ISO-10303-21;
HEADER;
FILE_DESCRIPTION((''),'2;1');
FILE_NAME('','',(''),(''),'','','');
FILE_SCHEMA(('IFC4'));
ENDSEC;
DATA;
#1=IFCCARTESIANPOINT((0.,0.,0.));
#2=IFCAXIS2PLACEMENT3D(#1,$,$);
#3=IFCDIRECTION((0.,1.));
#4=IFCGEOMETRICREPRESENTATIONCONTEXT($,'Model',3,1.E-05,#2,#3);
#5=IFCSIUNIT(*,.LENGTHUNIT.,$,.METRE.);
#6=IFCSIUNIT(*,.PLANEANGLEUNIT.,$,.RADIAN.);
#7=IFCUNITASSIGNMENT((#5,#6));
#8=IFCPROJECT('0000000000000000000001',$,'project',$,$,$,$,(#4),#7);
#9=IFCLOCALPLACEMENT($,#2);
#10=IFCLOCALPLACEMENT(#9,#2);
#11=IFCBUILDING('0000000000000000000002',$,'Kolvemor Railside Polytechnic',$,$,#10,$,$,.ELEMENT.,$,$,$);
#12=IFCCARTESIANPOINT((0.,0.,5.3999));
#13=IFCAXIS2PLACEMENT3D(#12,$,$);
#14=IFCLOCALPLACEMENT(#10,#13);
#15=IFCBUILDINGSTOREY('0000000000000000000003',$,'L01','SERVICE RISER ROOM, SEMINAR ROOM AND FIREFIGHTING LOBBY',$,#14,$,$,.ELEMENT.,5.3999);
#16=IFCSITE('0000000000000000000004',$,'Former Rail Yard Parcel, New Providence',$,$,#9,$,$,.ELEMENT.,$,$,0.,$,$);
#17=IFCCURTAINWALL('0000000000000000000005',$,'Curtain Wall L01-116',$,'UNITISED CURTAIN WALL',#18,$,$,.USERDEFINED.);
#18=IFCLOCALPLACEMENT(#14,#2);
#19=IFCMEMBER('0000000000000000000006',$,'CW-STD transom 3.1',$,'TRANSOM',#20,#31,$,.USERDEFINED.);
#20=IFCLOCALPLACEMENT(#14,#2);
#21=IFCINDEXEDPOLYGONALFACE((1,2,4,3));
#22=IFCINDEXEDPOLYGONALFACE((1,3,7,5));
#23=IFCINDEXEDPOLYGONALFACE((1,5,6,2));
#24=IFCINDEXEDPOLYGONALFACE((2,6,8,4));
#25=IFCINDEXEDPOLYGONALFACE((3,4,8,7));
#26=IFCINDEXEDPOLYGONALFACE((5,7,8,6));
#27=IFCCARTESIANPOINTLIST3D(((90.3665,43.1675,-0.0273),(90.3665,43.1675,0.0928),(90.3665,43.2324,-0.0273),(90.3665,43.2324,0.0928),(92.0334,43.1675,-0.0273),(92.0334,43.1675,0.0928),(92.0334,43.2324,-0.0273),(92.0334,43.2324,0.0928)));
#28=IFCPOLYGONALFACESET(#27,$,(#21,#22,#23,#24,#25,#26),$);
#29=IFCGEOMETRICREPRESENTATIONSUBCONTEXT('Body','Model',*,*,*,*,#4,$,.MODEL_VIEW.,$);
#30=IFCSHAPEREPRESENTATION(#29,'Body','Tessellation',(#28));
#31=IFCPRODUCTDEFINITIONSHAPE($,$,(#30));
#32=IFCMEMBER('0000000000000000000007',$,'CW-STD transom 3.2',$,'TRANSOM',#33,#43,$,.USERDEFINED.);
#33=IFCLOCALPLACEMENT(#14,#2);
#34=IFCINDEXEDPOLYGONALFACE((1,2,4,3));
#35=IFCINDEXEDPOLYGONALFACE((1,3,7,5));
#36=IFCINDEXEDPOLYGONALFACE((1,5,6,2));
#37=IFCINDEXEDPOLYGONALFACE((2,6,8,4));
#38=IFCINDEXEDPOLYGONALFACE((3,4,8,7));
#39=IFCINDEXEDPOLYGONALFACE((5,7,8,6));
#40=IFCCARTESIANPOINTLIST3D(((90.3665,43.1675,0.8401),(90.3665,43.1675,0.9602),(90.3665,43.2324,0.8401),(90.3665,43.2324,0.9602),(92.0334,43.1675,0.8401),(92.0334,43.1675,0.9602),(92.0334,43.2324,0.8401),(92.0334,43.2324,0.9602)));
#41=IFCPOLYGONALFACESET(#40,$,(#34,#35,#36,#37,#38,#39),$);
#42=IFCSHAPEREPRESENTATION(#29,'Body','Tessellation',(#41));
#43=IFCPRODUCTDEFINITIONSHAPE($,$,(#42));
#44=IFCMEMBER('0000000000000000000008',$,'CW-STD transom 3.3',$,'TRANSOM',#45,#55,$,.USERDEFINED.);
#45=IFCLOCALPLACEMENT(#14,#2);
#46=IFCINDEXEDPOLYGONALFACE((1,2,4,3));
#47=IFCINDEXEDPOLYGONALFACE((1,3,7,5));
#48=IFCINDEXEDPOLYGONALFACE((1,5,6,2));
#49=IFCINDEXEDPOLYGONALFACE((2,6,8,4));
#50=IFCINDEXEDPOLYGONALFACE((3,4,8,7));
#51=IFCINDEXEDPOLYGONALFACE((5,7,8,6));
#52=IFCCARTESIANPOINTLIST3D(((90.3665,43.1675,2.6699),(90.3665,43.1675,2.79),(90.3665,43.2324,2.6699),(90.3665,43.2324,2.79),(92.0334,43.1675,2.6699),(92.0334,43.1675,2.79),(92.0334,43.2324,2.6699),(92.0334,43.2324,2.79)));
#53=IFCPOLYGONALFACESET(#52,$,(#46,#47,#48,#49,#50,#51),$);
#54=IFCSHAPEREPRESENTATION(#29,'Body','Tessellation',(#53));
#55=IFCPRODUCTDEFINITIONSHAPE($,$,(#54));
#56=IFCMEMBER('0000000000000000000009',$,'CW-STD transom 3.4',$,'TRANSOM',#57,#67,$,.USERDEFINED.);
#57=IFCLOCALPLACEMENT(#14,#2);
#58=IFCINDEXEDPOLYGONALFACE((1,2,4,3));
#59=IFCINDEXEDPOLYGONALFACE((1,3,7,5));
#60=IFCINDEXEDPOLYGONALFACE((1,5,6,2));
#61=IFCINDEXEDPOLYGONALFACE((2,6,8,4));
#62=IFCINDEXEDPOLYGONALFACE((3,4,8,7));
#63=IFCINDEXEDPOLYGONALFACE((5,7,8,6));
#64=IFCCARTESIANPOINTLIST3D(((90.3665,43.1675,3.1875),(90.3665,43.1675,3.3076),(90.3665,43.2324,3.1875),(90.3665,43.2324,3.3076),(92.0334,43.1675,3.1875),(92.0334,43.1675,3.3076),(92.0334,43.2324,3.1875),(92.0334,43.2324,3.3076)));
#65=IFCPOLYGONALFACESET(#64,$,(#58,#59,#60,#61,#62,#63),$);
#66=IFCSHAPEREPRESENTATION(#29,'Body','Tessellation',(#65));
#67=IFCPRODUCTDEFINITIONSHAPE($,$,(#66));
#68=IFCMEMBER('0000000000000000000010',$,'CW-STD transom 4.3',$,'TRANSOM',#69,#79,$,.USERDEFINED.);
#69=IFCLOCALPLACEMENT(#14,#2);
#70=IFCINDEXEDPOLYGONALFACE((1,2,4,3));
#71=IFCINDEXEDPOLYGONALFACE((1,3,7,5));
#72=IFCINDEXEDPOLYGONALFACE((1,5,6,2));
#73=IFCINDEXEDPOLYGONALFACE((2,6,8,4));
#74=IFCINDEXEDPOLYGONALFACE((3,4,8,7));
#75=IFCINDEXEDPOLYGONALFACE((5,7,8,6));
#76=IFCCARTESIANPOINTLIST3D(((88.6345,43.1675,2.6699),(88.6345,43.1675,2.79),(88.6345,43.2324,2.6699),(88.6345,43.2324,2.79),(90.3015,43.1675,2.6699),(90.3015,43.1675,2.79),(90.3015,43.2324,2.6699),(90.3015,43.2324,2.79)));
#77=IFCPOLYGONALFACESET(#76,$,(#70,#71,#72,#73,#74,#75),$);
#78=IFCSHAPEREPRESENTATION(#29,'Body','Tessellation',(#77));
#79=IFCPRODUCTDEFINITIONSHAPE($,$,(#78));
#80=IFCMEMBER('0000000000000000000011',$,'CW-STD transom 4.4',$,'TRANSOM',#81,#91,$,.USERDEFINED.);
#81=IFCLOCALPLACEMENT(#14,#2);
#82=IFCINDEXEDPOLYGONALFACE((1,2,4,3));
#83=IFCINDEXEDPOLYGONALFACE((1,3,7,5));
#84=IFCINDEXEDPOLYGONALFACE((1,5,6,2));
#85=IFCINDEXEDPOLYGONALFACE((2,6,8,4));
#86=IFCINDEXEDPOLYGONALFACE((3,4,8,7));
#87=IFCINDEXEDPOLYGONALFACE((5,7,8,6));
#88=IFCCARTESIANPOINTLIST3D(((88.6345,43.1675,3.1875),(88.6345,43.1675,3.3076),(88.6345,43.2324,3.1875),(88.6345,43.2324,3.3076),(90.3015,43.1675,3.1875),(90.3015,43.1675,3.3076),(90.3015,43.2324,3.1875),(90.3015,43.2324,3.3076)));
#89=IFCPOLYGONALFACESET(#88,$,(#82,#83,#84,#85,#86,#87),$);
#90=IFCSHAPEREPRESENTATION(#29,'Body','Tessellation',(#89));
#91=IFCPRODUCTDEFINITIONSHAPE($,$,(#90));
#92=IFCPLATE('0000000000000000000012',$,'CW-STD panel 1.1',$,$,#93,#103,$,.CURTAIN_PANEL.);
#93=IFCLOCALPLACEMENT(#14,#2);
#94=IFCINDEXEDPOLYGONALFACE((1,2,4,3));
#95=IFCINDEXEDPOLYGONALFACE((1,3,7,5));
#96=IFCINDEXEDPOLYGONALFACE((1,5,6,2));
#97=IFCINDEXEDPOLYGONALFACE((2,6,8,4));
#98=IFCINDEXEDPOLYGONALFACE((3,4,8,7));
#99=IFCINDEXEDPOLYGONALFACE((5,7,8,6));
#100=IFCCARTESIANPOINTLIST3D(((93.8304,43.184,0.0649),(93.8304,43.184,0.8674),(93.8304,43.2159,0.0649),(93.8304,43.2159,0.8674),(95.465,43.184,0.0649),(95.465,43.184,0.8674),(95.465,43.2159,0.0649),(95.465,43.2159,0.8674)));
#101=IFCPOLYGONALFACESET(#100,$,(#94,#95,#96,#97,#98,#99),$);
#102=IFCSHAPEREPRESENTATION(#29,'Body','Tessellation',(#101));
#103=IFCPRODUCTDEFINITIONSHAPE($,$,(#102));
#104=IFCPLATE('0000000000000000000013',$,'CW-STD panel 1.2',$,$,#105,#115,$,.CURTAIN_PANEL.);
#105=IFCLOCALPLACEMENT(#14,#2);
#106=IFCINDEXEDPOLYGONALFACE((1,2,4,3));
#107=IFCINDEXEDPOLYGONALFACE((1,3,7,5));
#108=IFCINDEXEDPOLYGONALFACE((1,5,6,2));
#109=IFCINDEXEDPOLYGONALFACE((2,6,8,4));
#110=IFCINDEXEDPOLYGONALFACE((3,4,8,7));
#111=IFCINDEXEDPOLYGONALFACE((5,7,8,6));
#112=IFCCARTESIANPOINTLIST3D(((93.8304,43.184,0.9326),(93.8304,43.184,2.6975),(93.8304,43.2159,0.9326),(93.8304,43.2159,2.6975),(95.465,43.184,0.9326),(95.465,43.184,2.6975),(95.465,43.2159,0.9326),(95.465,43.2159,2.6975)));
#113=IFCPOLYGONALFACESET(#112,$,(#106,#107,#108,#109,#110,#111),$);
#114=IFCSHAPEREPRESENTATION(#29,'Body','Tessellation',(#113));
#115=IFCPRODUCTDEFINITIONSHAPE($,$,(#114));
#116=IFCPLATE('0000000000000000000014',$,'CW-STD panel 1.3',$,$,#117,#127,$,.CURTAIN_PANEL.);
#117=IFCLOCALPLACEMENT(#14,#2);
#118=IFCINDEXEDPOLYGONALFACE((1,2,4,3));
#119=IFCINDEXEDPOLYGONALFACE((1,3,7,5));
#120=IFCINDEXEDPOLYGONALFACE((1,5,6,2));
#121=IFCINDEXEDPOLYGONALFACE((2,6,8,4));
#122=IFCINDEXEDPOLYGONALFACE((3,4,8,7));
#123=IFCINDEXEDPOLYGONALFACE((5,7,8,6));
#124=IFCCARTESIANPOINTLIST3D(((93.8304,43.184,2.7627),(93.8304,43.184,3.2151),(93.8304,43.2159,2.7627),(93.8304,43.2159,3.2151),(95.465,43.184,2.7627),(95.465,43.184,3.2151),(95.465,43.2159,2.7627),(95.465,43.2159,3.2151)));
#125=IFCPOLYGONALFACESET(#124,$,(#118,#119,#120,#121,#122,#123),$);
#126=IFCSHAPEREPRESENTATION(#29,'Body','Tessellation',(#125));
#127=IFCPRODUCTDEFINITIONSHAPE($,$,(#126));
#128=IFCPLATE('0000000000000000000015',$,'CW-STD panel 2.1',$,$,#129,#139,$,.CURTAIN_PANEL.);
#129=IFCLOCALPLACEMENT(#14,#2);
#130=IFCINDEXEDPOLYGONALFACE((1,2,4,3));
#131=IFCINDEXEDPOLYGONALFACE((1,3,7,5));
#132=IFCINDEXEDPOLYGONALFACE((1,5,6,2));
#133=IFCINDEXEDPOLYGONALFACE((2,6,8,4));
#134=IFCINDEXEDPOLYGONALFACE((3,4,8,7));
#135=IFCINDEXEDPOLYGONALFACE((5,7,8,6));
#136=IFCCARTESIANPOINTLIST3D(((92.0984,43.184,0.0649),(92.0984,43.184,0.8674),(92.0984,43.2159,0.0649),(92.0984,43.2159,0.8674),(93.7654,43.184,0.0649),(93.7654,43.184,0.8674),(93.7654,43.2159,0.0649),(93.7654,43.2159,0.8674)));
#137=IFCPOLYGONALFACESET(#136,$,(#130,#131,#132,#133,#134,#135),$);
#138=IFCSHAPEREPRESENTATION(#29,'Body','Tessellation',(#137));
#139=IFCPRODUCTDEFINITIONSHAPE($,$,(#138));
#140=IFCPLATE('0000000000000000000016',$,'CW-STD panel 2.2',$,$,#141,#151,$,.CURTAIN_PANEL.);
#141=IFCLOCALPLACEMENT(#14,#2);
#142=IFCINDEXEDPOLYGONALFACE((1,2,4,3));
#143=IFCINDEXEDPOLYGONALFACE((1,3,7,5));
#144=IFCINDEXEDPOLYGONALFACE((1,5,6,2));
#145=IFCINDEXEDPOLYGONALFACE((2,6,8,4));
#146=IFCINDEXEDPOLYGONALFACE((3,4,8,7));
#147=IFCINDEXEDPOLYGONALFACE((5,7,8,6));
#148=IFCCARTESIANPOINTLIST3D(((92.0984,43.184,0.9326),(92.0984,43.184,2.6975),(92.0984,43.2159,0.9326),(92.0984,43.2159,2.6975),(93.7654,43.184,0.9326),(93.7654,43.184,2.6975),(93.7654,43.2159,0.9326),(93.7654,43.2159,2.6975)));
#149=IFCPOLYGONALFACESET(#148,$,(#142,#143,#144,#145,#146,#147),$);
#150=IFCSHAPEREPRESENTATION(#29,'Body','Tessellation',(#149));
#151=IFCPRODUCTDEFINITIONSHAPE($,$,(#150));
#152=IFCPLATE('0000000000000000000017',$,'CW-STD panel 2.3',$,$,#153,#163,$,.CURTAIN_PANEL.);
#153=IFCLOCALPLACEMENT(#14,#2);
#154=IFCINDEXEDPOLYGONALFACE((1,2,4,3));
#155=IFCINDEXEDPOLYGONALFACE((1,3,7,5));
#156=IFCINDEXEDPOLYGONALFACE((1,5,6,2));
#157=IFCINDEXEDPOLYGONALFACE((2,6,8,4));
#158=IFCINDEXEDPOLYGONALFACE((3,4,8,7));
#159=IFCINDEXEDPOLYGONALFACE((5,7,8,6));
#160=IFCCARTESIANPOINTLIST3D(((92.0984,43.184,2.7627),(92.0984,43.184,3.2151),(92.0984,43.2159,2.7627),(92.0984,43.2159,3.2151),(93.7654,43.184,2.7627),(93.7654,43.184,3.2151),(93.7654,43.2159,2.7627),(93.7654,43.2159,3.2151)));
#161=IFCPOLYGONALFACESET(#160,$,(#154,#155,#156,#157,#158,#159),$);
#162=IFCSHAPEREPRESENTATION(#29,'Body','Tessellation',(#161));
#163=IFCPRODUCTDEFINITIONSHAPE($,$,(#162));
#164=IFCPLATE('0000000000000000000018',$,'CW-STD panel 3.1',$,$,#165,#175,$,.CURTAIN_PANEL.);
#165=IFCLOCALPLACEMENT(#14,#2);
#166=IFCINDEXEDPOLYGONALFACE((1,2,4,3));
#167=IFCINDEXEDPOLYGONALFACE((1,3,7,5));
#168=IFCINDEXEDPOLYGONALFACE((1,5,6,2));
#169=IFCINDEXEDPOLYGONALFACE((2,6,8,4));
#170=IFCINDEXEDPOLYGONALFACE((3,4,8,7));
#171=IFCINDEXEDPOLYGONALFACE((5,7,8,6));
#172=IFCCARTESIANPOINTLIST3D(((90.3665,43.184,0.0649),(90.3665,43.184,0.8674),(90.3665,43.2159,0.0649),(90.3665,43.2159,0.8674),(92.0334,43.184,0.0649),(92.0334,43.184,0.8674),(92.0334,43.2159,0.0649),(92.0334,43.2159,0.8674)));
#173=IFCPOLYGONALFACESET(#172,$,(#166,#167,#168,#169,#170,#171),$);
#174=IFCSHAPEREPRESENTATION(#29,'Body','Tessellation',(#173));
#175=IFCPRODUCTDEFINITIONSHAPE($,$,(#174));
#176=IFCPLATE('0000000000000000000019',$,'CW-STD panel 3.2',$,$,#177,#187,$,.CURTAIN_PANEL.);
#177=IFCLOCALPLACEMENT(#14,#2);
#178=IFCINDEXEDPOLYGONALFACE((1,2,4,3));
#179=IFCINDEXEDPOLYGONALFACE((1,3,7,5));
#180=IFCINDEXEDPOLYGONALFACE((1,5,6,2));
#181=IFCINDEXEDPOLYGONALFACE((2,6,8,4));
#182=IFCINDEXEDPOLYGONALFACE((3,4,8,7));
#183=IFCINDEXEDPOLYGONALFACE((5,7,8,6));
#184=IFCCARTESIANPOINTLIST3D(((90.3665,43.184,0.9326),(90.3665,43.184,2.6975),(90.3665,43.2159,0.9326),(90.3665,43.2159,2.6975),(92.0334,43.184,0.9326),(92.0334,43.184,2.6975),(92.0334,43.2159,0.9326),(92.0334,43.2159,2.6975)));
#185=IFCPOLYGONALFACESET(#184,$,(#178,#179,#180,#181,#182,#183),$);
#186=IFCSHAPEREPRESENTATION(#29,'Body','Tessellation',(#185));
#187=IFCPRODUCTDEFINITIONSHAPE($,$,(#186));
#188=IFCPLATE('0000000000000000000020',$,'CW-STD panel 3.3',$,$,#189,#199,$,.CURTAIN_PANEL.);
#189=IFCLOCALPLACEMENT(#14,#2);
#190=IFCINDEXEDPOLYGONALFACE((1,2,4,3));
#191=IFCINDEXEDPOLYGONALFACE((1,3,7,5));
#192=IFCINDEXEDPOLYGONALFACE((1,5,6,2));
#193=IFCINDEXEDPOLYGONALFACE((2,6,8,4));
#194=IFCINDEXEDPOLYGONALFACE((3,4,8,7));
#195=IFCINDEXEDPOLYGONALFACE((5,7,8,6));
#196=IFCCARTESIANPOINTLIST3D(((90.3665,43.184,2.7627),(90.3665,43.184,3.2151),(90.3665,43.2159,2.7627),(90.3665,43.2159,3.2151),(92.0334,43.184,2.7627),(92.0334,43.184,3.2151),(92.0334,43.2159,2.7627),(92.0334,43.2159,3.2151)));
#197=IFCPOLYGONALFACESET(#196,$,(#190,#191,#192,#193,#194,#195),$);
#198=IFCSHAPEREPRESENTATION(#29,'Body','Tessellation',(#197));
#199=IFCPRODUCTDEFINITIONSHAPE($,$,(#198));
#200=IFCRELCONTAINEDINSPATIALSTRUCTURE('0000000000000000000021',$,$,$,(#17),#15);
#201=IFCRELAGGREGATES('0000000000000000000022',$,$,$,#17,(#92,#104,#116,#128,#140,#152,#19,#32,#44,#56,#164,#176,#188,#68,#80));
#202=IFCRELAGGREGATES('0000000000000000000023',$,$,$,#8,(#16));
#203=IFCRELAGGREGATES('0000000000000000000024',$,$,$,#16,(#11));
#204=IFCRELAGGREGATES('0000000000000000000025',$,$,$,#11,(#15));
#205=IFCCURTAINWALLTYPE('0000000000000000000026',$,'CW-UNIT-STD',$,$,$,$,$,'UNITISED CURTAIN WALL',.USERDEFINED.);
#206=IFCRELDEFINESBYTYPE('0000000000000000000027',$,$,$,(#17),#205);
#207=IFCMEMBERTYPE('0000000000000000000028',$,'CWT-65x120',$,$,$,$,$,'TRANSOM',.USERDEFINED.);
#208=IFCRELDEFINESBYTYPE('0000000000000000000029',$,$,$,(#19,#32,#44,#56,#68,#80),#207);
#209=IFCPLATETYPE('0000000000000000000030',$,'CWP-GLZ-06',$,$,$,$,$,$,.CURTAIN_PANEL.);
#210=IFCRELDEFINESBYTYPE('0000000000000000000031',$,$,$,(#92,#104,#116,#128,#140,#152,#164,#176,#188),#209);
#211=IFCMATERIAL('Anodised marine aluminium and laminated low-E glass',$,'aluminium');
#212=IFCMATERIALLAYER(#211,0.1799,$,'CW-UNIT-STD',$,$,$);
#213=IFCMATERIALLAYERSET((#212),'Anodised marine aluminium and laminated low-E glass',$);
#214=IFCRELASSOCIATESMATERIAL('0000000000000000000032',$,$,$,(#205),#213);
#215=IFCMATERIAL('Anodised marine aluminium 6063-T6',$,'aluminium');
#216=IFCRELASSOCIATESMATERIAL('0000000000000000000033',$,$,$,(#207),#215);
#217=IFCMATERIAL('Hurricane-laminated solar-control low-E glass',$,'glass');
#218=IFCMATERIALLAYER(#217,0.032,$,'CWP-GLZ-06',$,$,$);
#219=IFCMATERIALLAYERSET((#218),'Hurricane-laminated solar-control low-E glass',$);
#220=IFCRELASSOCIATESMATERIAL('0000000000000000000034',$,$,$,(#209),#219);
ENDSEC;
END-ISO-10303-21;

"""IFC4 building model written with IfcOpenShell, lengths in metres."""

from ifc_helpers import new_model, si_unit, direction, frame, origin, origin_2d, place, context, subcontext, project, spatial, rectangle, extrude, material, layer, layer_set, material_profile, profile_set, type_object, element, aggregate, save


model = new_model("IFC4")

# Units and contexts
model_context = context("Model", 3, precision=1e-05, world=origin(), true_north=direction((0.0, 1.0)))
body_context = subcontext(model_context, "Body", "Model", "MODEL_VIEW")
ifc_project = project(units=[si_unit("LENGTHUNIT", "METRE"), si_unit("PLANEANGLEUNIT", "RADIAN")], contexts=[model_context])

# Site, building, storey
site_placement = place(None, origin())
site = spatial("IfcSite", under=ifc_project, at=site_placement, Name="Former Rail Yard Parcel, New Providence", CompositionType="ELEMENT", RefElevation=0.0)
building_placement = place(site_placement, origin())
building = spatial("IfcBuilding", under=site, at=building_placement, Name="Kolvemor Railside Polytechnic", CompositionType="ELEMENT")
storey_placement = place(building_placement, frame((0.0, 0.0, 5.3999)))
storey = spatial("IfcBuildingStorey", under=building, at=storey_placement, Name="L01", Description="SERVICE RISER ROOM, SEMINAR ROOM AND FIREFIGHTING LOBBY", CompositionType="ELEMENT", Elevation=5.3999)

# Curtain wall, members, plates
ifc_material_1 = material(Name="Anodised marine aluminium and laminated low-E glass", Category="aluminium")
ifc_layer_1 = layer(ifc_material_1, 0.1799, Name="CW-UNIT-STD")
ifc_layer_set_1 = layer_set([ifc_layer_1], Name="Anodised marine aluminium and laminated low-E glass")
curtain_wall_type = type_object("IfcCurtainWallType", Name="CW-UNIT-STD", ElementType="UNITISED CURTAIN WALL", PredefinedType="USERDEFINED", material=ifc_layer_set_1)
curtain_wall_placement = place(storey_placement, origin())
curtain_wall = element("IfcCurtainWall", 1, at=curtain_wall_placement, inside=storey, type_object=curtain_wall_type, Name="Curtain Wall L01-116", ObjectType="UNITISED CURTAIN WALL", PredefinedType="USERDEFINED")
ifc_material_2 = material(Name="Anodised marine aluminium 6063-T6", Category="aluminium")
ifc_material_profile_1 = material_profile(ifc_material_2, rectangle(XDim=0.0649, YDim=0.1201, at=origin_2d()), Name="CW-TRN-65x120")
ifc_profile_set_1 = profile_set([ifc_material_profile_1], Name="Anodised marine aluminium 6063-T6")
member_type_1 = type_object("IfcMemberType", Name="CWT-65x120", ElementType="TRANSOM", PredefinedType="USERDEFINED", material=ifc_profile_set_1)
member_1_placement = place(storey_placement, frame((92.0334, 43.2, 0.0327), z_axis=(-1.0, 0.0, 0.0), x_axis=(0.0, -1.0, 0.0)))
member_1 = element("IfcMember", 2, at=member_1_placement, type_object=member_type_1, Name="CW-STD transom 3.1", ObjectType="TRANSOM", PredefinedType="USERDEFINED", context=body_context, shape_type="SweptSolid", body=[
    extrude(rectangle(XDim=0.0649, YDim=0.1201, at=origin_2d()), origin(), (0.0, 0.0, 1.0), 1.667),
])
member_2_placement = place(storey_placement, frame((92.0334, 43.2, 0.9001), z_axis=(-1.0, 0.0, 0.0), x_axis=(0.0, -1.0, 0.0)))
member_2 = element("IfcMember", 3, at=member_2_placement, type_object=member_type_1, Name="CW-STD transom 3.2", ObjectType="TRANSOM", PredefinedType="USERDEFINED", context=body_context, shape_type="SweptSolid", body=[
    extrude(rectangle(XDim=0.0649, YDim=0.1201, at=origin_2d()), origin(), (0.0, 0.0, 1.0), 1.667),
])
member_3_placement = place(storey_placement, frame((92.0334, 43.2, 2.73), z_axis=(-1.0, 0.0, 0.0), x_axis=(0.0, -1.0, 0.0)))
member_3 = element("IfcMember", 4, at=member_3_placement, type_object=member_type_1, Name="CW-STD transom 3.3", ObjectType="TRANSOM", PredefinedType="USERDEFINED", context=body_context, shape_type="SweptSolid", body=[
    extrude(rectangle(XDim=0.0649, YDim=0.1201, at=origin_2d()), origin(), (0.0, 0.0, 1.0), 1.667),
])
member_4_placement = place(storey_placement, frame((92.0334, 43.2, 3.2476), z_axis=(-1.0, 0.0, 0.0), x_axis=(0.0, -1.0, 0.0)))
member_4 = element("IfcMember", 5, at=member_4_placement, type_object=member_type_1, Name="CW-STD transom 3.4", ObjectType="TRANSOM", PredefinedType="USERDEFINED", context=body_context, shape_type="SweptSolid", body=[
    extrude(rectangle(XDim=0.0649, YDim=0.1201, at=origin_2d()), origin(), (0.0, 0.0, 1.0), 1.667),
])
member_5_placement = place(storey_placement, frame((90.3015, 43.2, 2.73), z_axis=(-1.0, 0.0, 0.0), x_axis=(0.0, -1.0, 0.0)))
member_5 = element("IfcMember", 6, at=member_5_placement, type_object=member_type_1, Name="CW-STD transom 4.3", ObjectType="TRANSOM", PredefinedType="USERDEFINED", context=body_context, shape_type="SweptSolid", body=[
    extrude(rectangle(XDim=0.0649, YDim=0.1201, at=origin_2d()), origin(), (0.0, 0.0, 1.0), 1.667),
])
member_6_placement = place(storey_placement, frame((90.3015, 43.2, 3.2476), z_axis=(-1.0, 0.0, 0.0), x_axis=(0.0, -1.0, 0.0)))
member_6 = element("IfcMember", 7, at=member_6_placement, type_object=member_type_1, Name="CW-STD transom 4.4", ObjectType="TRANSOM", PredefinedType="USERDEFINED", context=body_context, shape_type="SweptSolid", body=[
    extrude(rectangle(XDim=0.0649, YDim=0.1201, at=origin_2d()), origin(), (0.0, 0.0, 1.0), 1.667),
])
ifc_material_3 = material(Name="Hurricane-laminated solar-control low-E glass", Category="glass")
ifc_layer_2 = layer(ifc_material_3, 0.032, Name="CWP-GLZ-06")
ifc_layer_set_2 = layer_set([ifc_layer_2], Name="Hurricane-laminated solar-control low-E glass")
plate_type = type_object("IfcPlateType", Name="CWP-GLZ-06", PredefinedType="CURTAIN_PANEL", material=ifc_layer_set_2)
plate_1_placement = place(storey_placement, frame((94.6477, 43.2, 0.0649), z_axis=(0.0, 0.0, 1.0), x_axis=(-1.0, 0.0, 0.0)))
plate_1 = element("IfcPlate", 8, at=plate_1_placement, type_object=plate_type, Name="CW-STD panel 1.1", PredefinedType="CURTAIN_PANEL", context=body_context, shape_type="SweptSolid", body=[
    extrude(rectangle(XDim=1.6345, YDim=0.032, at=origin_2d()), origin(), (0.0, 0.0, 1.0), 0.8025),
])
plate_2_placement = place(storey_placement, frame((94.6477, 43.2, 0.9326), z_axis=(0.0, 0.0, 1.0), x_axis=(-1.0, 0.0, 0.0)))
plate_2 = element("IfcPlate", 9, at=plate_2_placement, type_object=plate_type, Name="CW-STD panel 1.2", PredefinedType="CURTAIN_PANEL", context=body_context, shape_type="SweptSolid", body=[
    extrude(rectangle(XDim=1.6345, YDim=0.032, at=origin_2d()), origin(), (0.0, 0.0, 1.0), 1.7649),
])
plate_3_placement = place(storey_placement, frame((94.6477, 43.2, 2.7627), z_axis=(0.0, 0.0, 1.0), x_axis=(-1.0, 0.0, 0.0)))
plate_3 = element("IfcPlate", 10, at=plate_3_placement, type_object=plate_type, Name="CW-STD panel 1.3", PredefinedType="CURTAIN_PANEL", context=body_context, shape_type="SweptSolid", body=[
    extrude(rectangle(XDim=1.6345, YDim=0.032, at=origin_2d()), origin(), (0.0, 0.0, 1.0), 0.4524),
])
plate_4_placement = place(storey_placement, frame((92.9319, 43.2, 0.0649), z_axis=(0.0, 0.0, 1.0), x_axis=(-1.0, 0.0, 0.0)))
plate_4 = element("IfcPlate", 11, at=plate_4_placement, type_object=plate_type, Name="CW-STD panel 2.1", PredefinedType="CURTAIN_PANEL", context=body_context, shape_type="SweptSolid", body=[
    extrude(rectangle(XDim=1.667, YDim=0.032, at=origin_2d()), origin(), (0.0, 0.0, 1.0), 0.8025),
])
plate_5_placement = place(storey_placement, frame((92.9319, 43.2, 0.9326), z_axis=(0.0, 0.0, 1.0), x_axis=(-1.0, 0.0, 0.0)))
plate_5 = element("IfcPlate", 12, at=plate_5_placement, type_object=plate_type, Name="CW-STD panel 2.2", PredefinedType="CURTAIN_PANEL", context=body_context, shape_type="SweptSolid", body=[
    extrude(rectangle(XDim=1.667, YDim=0.032, at=origin_2d()), origin(), (0.0, 0.0, 1.0), 1.7649),
])
plate_6_placement = place(storey_placement, frame((92.9319, 43.2, 2.7627), z_axis=(0.0, 0.0, 1.0), x_axis=(-1.0, 0.0, 0.0)))
plate_6 = element("IfcPlate", 13, at=plate_6_placement, type_object=plate_type, Name="CW-STD panel 2.3", PredefinedType="CURTAIN_PANEL", context=body_context, shape_type="SweptSolid", body=[
    extrude(rectangle(XDim=1.667, YDim=0.032, at=origin_2d()), origin(), (0.0, 0.0, 1.0), 0.4524),
])
plate_7_placement = place(storey_placement, frame((91.2, 43.2, 0.0649), z_axis=(0.0, 0.0, 1.0), x_axis=(-1.0, 0.0, 0.0)))
plate_7 = element("IfcPlate", 14, at=plate_7_placement, type_object=plate_type, Name="CW-STD panel 3.1", PredefinedType="CURTAIN_PANEL", context=body_context, shape_type="SweptSolid", body=[
    extrude(rectangle(XDim=1.667, YDim=0.032, at=origin_2d()), origin(), (0.0, 0.0, 1.0), 0.8025),
])
plate_8_placement = place(storey_placement, frame((91.2, 43.2, 0.9326), z_axis=(0.0, 0.0, 1.0), x_axis=(-1.0, 0.0, 0.0)))
plate_8 = element("IfcPlate", 15, at=plate_8_placement, type_object=plate_type, Name="CW-STD panel 3.2", PredefinedType="CURTAIN_PANEL", context=body_context, shape_type="SweptSolid", body=[
    extrude(rectangle(XDim=1.667, YDim=0.032, at=origin_2d()), origin(), (0.0, 0.0, 1.0), 1.7649),
])
plate_9_placement = place(storey_placement, frame((91.2, 43.2, 2.7627), z_axis=(0.0, 0.0, 1.0), x_axis=(-1.0, 0.0, 0.0)))
plate_9 = element("IfcPlate", 16, at=plate_9_placement, type_object=plate_type, Name="CW-STD panel 3.3", PredefinedType="CURTAIN_PANEL", context=body_context, shape_type="SweptSolid", body=[
    extrude(rectangle(XDim=1.667, YDim=0.032, at=origin_2d()), origin(), (0.0, 0.0, 1.0), 0.4524),
])
aggregate(curtain_wall, [plate_1, plate_2, plate_3, plate_4, plate_5, plate_6, member_1, member_2, member_3, member_4, plate_7, plate_8, plate_9, member_5, member_6])

save(model, "model.ifc")
